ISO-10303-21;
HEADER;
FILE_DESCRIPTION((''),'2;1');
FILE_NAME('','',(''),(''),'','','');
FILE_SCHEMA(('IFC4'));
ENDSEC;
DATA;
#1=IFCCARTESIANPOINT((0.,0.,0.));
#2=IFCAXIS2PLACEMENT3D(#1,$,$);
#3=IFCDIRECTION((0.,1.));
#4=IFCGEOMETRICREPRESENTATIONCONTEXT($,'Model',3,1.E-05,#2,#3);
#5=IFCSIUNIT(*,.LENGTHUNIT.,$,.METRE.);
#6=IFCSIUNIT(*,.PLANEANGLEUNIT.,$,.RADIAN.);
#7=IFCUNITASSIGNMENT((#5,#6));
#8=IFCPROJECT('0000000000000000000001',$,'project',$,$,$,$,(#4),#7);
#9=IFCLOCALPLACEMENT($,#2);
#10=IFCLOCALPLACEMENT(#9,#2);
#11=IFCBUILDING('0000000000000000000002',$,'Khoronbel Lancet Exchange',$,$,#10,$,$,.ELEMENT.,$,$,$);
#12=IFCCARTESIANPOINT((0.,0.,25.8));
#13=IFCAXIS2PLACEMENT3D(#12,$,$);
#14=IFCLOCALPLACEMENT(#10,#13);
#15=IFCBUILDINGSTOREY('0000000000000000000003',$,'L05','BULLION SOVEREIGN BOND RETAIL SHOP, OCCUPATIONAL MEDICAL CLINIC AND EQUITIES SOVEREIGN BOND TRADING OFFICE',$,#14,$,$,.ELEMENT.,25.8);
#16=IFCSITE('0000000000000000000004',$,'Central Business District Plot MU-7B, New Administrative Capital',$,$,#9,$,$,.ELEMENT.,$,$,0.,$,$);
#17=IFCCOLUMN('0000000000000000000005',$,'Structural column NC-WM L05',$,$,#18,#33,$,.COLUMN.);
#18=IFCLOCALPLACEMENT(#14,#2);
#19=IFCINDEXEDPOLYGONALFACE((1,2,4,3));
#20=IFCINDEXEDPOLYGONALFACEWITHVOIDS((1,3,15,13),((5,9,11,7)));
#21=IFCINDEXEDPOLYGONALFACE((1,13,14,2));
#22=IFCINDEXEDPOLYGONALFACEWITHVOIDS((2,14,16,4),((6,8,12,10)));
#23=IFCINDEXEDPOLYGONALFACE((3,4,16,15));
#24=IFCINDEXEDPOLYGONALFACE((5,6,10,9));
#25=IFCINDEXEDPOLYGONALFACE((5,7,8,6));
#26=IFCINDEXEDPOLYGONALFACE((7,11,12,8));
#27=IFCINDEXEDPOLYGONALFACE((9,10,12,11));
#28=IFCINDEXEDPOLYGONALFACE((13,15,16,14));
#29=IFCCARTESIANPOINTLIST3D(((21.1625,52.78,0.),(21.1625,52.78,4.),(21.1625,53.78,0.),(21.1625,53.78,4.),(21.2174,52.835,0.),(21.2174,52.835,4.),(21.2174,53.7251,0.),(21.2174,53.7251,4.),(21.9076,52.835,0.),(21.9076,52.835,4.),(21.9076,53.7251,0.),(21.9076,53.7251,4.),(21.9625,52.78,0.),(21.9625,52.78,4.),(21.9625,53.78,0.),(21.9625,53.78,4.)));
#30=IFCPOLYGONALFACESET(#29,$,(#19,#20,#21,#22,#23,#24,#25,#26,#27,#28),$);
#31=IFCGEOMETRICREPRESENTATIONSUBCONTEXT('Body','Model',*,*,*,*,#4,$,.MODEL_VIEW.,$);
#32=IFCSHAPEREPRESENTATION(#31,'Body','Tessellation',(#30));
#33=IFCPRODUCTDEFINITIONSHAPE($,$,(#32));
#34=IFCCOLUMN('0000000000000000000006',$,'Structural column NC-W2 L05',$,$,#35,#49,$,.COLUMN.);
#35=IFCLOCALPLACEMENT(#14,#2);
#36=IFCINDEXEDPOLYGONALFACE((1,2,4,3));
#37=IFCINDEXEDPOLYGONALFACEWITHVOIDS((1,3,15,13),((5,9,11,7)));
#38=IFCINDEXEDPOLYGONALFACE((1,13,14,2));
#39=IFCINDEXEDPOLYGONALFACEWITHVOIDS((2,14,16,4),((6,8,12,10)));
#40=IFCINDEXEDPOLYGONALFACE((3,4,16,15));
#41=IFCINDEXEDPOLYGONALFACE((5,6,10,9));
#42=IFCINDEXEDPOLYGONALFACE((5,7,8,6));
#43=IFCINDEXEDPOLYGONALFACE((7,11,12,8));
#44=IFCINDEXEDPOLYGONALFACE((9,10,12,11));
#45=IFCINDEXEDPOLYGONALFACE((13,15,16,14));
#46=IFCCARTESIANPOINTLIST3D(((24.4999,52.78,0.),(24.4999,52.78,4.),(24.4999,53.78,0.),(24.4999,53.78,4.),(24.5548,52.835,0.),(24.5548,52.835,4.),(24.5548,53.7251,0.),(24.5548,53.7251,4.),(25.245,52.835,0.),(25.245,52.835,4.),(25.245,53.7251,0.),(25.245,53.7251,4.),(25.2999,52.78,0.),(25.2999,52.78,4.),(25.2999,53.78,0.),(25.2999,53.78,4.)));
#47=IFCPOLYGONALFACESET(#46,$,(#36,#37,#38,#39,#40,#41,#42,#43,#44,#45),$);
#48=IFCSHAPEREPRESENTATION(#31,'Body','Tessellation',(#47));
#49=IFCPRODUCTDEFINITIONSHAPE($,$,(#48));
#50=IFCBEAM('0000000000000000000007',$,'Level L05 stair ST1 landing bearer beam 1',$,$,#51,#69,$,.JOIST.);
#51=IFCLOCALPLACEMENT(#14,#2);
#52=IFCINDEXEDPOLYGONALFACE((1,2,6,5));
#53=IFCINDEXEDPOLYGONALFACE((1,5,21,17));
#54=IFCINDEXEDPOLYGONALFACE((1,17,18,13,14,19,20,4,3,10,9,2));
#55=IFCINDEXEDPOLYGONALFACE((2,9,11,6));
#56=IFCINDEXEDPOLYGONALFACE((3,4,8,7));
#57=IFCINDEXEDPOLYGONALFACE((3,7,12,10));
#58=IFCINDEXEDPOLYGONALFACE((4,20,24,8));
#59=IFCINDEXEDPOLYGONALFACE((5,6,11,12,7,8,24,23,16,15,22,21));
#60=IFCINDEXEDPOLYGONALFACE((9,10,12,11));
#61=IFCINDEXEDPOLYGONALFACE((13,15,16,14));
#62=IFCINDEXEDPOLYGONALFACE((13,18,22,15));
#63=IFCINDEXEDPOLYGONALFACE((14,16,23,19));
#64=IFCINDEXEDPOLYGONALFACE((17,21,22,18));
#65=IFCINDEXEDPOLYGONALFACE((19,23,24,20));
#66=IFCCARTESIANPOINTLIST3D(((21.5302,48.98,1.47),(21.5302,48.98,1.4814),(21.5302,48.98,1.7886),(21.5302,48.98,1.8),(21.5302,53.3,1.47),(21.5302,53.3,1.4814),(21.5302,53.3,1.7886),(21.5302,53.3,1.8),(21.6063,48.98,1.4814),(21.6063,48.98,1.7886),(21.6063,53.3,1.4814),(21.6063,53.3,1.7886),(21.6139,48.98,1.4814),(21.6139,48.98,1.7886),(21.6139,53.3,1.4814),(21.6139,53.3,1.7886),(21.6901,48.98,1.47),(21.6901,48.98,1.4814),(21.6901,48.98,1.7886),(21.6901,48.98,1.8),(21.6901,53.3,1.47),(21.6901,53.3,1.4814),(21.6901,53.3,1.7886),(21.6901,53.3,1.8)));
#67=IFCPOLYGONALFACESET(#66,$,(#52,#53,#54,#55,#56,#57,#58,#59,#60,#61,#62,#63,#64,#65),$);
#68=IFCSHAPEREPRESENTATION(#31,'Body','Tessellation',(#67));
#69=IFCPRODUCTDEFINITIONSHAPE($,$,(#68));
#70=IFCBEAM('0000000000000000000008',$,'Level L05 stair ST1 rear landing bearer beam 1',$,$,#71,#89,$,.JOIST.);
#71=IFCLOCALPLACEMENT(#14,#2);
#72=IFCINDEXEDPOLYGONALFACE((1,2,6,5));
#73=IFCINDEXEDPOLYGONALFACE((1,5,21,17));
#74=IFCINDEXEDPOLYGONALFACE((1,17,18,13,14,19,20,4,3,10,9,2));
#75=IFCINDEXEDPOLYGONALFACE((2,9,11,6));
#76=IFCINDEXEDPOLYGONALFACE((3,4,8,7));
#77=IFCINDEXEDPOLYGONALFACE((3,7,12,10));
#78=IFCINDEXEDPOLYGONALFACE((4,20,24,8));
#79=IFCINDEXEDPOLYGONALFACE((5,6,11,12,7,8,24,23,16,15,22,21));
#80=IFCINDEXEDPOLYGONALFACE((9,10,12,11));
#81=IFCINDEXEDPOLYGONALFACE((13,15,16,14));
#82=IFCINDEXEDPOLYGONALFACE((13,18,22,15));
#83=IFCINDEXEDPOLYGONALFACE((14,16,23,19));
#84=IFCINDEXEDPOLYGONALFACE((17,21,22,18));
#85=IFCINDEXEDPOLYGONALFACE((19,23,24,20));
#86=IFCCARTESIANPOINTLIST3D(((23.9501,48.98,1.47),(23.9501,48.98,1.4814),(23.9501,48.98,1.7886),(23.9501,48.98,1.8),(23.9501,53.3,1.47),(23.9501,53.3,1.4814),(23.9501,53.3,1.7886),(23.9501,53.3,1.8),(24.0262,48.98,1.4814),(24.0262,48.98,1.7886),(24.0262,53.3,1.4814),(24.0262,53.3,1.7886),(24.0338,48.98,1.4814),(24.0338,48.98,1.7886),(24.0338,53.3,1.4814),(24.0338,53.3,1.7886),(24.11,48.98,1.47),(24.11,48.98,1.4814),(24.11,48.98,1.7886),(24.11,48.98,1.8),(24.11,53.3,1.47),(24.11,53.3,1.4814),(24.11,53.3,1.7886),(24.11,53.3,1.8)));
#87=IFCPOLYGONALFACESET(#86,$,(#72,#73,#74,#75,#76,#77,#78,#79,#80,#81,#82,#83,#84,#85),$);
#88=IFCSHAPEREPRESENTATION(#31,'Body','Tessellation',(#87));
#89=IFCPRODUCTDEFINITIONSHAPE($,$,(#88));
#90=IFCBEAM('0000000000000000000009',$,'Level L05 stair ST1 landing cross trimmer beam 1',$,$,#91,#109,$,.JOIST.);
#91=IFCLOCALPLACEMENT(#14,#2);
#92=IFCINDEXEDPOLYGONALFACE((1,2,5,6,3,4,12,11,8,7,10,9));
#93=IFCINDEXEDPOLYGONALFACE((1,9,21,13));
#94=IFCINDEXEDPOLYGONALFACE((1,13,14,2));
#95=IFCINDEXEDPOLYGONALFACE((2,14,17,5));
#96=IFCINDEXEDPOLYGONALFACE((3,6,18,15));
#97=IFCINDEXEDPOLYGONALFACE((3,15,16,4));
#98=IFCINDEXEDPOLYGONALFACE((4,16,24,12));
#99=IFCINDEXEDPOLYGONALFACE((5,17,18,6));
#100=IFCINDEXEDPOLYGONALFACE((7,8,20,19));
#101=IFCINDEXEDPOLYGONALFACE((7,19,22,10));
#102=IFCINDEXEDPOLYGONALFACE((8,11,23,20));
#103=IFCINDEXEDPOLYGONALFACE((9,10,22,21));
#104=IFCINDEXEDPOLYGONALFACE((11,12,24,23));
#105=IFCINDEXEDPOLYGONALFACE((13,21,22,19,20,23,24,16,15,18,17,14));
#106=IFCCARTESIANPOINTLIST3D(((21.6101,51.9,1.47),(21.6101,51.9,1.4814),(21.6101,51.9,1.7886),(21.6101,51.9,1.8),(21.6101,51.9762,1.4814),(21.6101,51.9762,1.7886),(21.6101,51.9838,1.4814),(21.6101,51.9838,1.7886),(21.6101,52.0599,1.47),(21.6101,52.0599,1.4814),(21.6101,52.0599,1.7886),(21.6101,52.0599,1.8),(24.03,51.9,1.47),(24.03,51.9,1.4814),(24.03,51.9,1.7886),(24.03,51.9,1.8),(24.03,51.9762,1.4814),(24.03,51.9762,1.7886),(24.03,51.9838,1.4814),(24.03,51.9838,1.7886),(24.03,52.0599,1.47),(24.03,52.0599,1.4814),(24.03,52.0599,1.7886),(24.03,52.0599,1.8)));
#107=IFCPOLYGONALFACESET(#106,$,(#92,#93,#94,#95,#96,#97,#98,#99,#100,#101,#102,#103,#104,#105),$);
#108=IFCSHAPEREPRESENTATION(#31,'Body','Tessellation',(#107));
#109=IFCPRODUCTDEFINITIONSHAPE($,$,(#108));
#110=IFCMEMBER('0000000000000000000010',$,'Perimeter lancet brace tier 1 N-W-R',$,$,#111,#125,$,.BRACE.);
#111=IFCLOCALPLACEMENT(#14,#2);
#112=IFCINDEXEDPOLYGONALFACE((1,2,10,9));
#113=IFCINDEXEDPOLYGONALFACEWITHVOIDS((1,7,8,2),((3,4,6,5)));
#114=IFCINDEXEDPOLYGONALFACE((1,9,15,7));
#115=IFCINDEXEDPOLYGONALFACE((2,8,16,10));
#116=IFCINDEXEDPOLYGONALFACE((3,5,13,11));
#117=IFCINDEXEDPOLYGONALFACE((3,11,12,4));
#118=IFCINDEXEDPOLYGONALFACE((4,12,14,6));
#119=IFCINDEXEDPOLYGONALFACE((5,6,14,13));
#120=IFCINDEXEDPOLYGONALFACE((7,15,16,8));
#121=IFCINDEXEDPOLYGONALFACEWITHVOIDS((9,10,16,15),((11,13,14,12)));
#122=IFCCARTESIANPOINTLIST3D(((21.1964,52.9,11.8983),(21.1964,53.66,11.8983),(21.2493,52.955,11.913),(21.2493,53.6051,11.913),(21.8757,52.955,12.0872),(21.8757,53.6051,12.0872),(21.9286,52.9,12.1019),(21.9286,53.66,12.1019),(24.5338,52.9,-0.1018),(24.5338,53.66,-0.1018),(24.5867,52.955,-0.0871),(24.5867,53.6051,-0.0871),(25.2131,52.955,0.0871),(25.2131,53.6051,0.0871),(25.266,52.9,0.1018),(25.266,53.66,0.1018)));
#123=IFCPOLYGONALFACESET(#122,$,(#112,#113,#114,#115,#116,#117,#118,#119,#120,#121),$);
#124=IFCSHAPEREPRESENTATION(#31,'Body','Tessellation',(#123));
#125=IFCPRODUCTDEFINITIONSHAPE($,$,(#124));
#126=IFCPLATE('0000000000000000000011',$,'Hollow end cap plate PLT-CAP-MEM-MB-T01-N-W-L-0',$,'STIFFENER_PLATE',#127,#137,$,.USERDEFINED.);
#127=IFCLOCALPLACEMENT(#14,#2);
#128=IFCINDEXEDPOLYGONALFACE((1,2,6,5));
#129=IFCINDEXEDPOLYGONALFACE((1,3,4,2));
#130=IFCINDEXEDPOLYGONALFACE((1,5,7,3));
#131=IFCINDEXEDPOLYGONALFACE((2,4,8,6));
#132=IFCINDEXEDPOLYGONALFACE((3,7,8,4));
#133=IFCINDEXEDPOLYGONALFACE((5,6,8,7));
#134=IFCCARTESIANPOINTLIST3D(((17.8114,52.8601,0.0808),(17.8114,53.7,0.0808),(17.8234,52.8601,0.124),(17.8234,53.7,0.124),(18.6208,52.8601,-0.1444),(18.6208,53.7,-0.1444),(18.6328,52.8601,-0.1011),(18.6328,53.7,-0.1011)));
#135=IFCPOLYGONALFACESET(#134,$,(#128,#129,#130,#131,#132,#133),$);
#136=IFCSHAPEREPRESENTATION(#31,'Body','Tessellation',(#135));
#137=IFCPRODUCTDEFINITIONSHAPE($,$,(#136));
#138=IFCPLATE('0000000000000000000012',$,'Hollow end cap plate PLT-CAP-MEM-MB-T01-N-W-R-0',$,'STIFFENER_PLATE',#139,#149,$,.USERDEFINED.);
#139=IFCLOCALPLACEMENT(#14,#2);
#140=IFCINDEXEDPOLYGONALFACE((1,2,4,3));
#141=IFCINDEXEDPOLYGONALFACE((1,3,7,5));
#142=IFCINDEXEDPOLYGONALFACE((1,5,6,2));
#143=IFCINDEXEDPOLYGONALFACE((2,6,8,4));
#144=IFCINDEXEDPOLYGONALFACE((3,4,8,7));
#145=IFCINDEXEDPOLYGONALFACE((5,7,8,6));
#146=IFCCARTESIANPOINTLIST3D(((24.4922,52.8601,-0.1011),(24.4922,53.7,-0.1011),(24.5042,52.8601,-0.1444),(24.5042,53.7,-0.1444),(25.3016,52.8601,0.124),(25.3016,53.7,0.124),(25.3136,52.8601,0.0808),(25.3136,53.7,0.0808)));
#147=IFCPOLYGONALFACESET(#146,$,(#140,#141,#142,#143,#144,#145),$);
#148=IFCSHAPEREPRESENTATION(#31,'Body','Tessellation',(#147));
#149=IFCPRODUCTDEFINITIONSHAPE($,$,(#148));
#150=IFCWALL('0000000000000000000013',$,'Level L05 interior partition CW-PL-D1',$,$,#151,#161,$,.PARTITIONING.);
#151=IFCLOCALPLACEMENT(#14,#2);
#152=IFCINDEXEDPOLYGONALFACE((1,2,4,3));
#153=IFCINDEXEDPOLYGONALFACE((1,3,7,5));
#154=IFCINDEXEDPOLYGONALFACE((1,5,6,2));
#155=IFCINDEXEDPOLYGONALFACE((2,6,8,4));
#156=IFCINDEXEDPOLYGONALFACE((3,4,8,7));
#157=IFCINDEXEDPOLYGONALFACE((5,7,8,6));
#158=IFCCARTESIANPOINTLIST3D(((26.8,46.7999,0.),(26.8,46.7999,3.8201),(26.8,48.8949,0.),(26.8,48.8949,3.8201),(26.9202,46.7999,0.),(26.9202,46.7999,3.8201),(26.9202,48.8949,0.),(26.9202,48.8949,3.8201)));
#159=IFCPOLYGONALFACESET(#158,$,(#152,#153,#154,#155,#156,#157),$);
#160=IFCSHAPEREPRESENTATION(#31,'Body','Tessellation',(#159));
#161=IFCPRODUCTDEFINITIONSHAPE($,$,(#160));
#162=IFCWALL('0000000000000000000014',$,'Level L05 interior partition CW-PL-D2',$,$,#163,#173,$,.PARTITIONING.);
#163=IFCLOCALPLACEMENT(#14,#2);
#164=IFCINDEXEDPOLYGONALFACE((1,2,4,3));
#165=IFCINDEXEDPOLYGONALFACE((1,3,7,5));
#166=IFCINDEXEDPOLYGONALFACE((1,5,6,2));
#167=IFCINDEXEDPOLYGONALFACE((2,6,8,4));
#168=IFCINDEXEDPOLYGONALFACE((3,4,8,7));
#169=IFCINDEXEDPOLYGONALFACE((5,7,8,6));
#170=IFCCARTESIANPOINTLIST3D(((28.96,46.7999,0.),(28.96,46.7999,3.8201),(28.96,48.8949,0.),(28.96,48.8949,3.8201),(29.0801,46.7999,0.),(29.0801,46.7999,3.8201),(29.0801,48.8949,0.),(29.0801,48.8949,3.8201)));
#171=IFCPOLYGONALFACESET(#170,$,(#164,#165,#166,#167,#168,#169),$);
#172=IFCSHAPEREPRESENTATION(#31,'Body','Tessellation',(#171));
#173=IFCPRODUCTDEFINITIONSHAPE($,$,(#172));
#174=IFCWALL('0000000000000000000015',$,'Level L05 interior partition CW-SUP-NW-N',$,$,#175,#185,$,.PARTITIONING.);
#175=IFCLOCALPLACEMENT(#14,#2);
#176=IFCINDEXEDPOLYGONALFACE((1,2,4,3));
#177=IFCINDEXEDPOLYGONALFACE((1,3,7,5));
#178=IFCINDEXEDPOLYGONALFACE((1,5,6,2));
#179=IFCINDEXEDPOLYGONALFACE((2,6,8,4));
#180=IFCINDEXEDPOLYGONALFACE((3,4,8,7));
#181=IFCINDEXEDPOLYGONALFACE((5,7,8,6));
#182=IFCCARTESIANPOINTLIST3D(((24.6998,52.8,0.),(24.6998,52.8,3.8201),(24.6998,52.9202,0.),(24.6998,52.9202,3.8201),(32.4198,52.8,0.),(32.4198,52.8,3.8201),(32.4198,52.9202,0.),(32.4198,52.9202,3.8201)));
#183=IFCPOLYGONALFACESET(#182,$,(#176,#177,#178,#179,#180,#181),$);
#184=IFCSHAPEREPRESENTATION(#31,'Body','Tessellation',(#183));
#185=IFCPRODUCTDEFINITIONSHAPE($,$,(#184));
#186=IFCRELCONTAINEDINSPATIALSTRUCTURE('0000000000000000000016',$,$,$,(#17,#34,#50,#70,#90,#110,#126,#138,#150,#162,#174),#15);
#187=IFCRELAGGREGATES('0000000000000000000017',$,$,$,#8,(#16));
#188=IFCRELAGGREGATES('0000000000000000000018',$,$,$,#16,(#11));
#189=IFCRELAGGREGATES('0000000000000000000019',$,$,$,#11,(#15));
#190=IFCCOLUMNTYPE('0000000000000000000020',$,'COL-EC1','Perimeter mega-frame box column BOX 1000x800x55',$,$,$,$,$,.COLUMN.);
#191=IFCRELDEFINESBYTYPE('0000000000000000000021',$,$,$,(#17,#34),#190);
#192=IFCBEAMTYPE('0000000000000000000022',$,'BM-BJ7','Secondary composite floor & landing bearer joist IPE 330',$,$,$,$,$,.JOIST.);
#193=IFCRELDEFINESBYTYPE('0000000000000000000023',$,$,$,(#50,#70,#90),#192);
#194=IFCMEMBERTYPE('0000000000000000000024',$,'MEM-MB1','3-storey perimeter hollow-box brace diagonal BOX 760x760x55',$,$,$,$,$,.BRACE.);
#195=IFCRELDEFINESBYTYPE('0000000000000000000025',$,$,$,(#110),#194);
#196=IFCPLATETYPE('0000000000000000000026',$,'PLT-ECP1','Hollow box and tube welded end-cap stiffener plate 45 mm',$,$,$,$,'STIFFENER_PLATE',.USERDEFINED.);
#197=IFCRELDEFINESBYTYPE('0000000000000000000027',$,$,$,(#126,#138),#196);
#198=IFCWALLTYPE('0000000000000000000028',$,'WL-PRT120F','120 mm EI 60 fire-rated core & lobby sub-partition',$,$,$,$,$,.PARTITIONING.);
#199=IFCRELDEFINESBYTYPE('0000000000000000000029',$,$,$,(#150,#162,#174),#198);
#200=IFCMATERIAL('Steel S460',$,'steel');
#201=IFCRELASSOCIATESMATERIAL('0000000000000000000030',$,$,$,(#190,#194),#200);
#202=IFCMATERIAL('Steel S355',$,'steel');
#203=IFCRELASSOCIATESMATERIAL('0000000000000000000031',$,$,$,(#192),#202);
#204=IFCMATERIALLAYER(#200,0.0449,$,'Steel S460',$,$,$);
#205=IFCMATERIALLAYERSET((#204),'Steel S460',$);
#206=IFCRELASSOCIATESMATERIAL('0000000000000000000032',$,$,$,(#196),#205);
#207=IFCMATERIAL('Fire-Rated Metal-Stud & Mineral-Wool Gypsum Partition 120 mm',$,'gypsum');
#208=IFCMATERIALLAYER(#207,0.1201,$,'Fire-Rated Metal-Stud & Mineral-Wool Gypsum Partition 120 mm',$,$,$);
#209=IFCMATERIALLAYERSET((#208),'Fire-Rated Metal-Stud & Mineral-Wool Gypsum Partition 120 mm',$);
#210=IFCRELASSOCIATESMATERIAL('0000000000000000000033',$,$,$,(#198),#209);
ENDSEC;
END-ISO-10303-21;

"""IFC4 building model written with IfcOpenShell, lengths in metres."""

from ifc_helpers import new_model, si_unit, direction, frame, frame_2d, origin, origin_2d, place, context, subcontext, project, spatial, polyline, rectangle, hollow_rectangle, i_section, outline, extrude, material, layer, layer_set, material_profile, profile_set, type_object, element, save


model = new_model("IFC4")

# Units and contexts
model_context = context("Model", 3, precision=1e-05, world=origin(), true_north=direction((0.0, 1.0)))
body_context = subcontext(model_context, "Body", "Model", "MODEL_VIEW")
ifc_project = project(units=[si_unit("LENGTHUNIT", "METRE"), si_unit("PLANEANGLEUNIT", "RADIAN")], contexts=[model_context])

# Site, building, storey
site_placement = place(None, origin())
site = spatial("IfcSite", under=ifc_project, at=site_placement, Name="Central Business District Plot MU-7B, New Administrative Capital", CompositionType="ELEMENT", RefElevation=0.0)
building_placement = place(site_placement, origin())
building = spatial("IfcBuilding", under=site, at=building_placement, Name="Khoronbel Lancet Exchange", CompositionType="ELEMENT")
storey_placement = place(building_placement, frame((0.0, 0.0, 25.8)))
storey = spatial("IfcBuildingStorey", under=building, at=storey_placement, Name="L05", Description="BULLION SOVEREIGN BOND RETAIL SHOP, OCCUPATIONAL MEDICAL CLINIC AND EQUITIES SOVEREIGN BOND TRADING OFFICE", CompositionType="ELEMENT", Elevation=25.8)

# Columns
ifc_material_1 = material(Name="Steel S460", Category="steel")
ifc_material_profile_1 = material_profile(ifc_material_1, hollow_rectangle(XDim=0.8, YDim=1.0, WallThickness=0.0549, at=origin_2d()), Name="BOX 1000x800x55")
ifc_profile_set_1 = profile_set([ifc_material_profile_1], Name="Steel S460")
column_type = type_object("IfcColumnType", Name="COL-EC1", Description="Perimeter mega-frame box column BOX 1000x800x55", PredefinedType="COLUMN", material=ifc_profile_set_1)
for number, where, z_axis, x_axis, name in (
    (1, (21.5625, 53.28, 0.0), (0.0, 0.0, 1.0), (1.0, 0.0, 0.0), "Structural column NC-WM L05"),
    (2, (24.8999, 53.28, 0.0), (0.0, 0.0, 1.0), (1.0, 0.0, 0.0), "Structural column NC-W2 L05"),
):
    element("IfcColumn", number, at=place(storey_placement, frame(where, z_axis=z_axis, x_axis=x_axis)), inside=storey, type_object=column_type, Name=name, PredefinedType="COLUMN", context=body_context, shape_type="SweptSolid", body=[
        extrude(hollow_rectangle(XDim=0.8, YDim=1.0, WallThickness=0.0549, at=origin_2d()), origin(), (0.0, 0.0, 1.0), 4.0),
    ])

# Beams
ifc_material_2 = material(Name="Steel S355", Category="steel")
ifc_material_profile_2 = material_profile(ifc_material_2, i_section(OverallWidth=0.1599, OverallDepth=0.3301, WebThickness=0.0076, FlangeThickness=0.0115, at=origin_2d()), Name="IPE 330")
ifc_profile_set_2 = profile_set([ifc_material_profile_2], Name="Steel S355")
beam_type = type_object("IfcBeamType", Name="BM-BJ7", Description="Secondary composite floor & landing bearer joist IPE 330", PredefinedType="JOIST", material=ifc_profile_set_2)
for number, where, z_axis, x_axis, name in (
    (3, (21.6101, 48.98, 1.635), (0.0, 1.0, 0.0), (-1.0, 0.0, 0.0), "Level L05 stair ST1 landing bearer beam 1"),
    (4, (24.03, 48.98, 1.635), (0.0, 1.0, 0.0), (-1.0, 0.0, 0.0), "Level L05 stair ST1 rear landing bearer beam 1"),
):
    element("IfcBeam", number, at=place(storey_placement, frame(where, z_axis=z_axis, x_axis=x_axis)), inside=storey, type_object=beam_type, Name=name, PredefinedType="JOIST", context=body_context, shape_type="SweptSolid", body=[
        extrude(i_section(OverallWidth=0.1599, OverallDepth=0.3301, WebThickness=0.0076, FlangeThickness=0.0115, at=origin_2d()), origin(), (0.0, 0.0, 1.0), 4.3201),
    ])
beam_placement = place(storey_placement, frame((21.6101, 51.98, 1.635), z_axis=(1.0, 0.0, 0.0), x_axis=(0.0, 1.0, 0.0)))
element("IfcBeam", 5, at=beam_placement, inside=storey, type_object=beam_type, Name="Level L05 stair ST1 landing cross trimmer beam 1", PredefinedType="JOIST", context=body_context, shape_type="SweptSolid", body=[
    extrude(i_section(OverallWidth=0.1599, OverallDepth=0.3301, WebThickness=0.0076, FlangeThickness=0.0115, at=origin_2d()), origin(), (0.0, 0.0, 1.0), 2.4199),
])

# Member
ifc_material_profile_3 = material_profile(ifc_material_1, hollow_rectangle(XDim=0.76, YDim=0.76, WallThickness=0.0549, at=origin_2d()), Name="BOX 760x760x55")
ifc_profile_set_3 = profile_set([ifc_material_profile_3], Name="Steel S460")
member_type = type_object("IfcMemberType", Name="MEM-MB1", Description="3-storey perimeter hollow-box brace diagonal BOX 760x760x55", PredefinedType="BRACE", material=ifc_profile_set_3)
member_placement = place(storey_placement, frame((24.8999, 53.28, 0.0), z_axis=(-0.267947, 0.0, 0.963434), x_axis=(0.0, -1.0, 0.0)))
element("IfcMember", 6, at=member_placement, inside=storey, type_object=member_type, Name="Perimeter lancet brace tier 1 N-W-R", PredefinedType="BRACE", context=body_context, shape_type="SweptSolid", body=[
    extrude(hollow_rectangle(XDim=0.76, YDim=0.76, WallThickness=0.0549, at=origin_2d()), origin(), (0.0, 0.0, 1.0), 12.4556),
])

# Plates
ifc_layer_1 = layer(ifc_material_1, 0.0449, Name="Steel S460")
ifc_layer_set_1 = layer_set([ifc_layer_1], Name="Steel S460")
plate_type = type_object("IfcPlateType", Name="PLT-ECP1", Description="Hollow box and tube welded end-cap stiffener plate 45 mm", ElementType="STIFFENER_PLATE", PredefinedType="USERDEFINED", material=ifc_layer_set_1)
for number, where, z_axis, x_axis, name in (
    (7, (18.6328, 52.8601, -0.1011), (0.267959, 0.0, 0.96343), (0.0, 1.0, 0.0), "Hollow end cap plate PLT-CAP-MEM-MB-T01-N-W-L-0"),
    (8, (24.4922, 53.7, -0.1011), (-0.267959, 0.0, 0.96343), (0.0, -1.0, 0.0), "Hollow end cap plate PLT-CAP-MEM-MB-T01-N-W-R-0"),
):
    element("IfcPlate", number, at=place(storey_placement, frame(where, z_axis=z_axis, x_axis=x_axis)), inside=storey, type_object=plate_type, Name=name, ObjectType="STIFFENER_PLATE", PredefinedType="USERDEFINED", context=body_context, shape_type="SweptSolid", body=[
        extrude(outline(polyline([(0.0, 0.0), (0.8398, 0.0), (0.8398, 0.8401), (0.0, 0.8401), (0.0, 0.0)])), origin(), (0.0, 0.0, -1.0), 0.0449),
    ])

# Walls
ifc_material_3 = material(Name="Fire-Rated Metal-Stud & Mineral-Wool Gypsum Partition 120 mm", Category="gypsum")
ifc_layer_2 = layer(ifc_material_3, 0.1201, Name="Fire-Rated Metal-Stud & Mineral-Wool Gypsum Partition 120 mm")
ifc_layer_set_2 = layer_set([ifc_layer_2], Name="Fire-Rated Metal-Stud & Mineral-Wool Gypsum Partition 120 mm")
wall_type_1 = type_object("IfcWallType", Name="WL-PRT120F", Description="120 mm EI 60 fire-rated core & lobby sub-partition", PredefinedType="PARTITIONING", material=ifc_layer_set_2)
for number, where, z_axis, x_axis, name in (
    (9, (26.8601, 46.8, 0.0), (0.0, 0.0, 1.0), (0.0, 1.0, 0.0), "Level L05 interior partition CW-PL-D1"),
    (10, (29.02, 46.8, 0.0), (0.0, 0.0, 1.0), (0.0, 1.0, 0.0), "Level L05 interior partition CW-PL-D2"),
):
    element("IfcWall", number, at=place(storey_placement, frame(where, z_axis=z_axis, x_axis=x_axis)), inside=storey, type_object=wall_type_1, Name=name, PredefinedType="PARTITIONING", context=body_context, shape_type="SweptSolid", body=[
        extrude(rectangle(XDim=2.095, YDim=0.1201, at=frame_2d((1.0474, 0.0))), origin(), (0.0, 0.0, 1.0), 3.8201),
    ])
wall_1_placement = place(storey_placement, frame((24.7, 52.8601, 0.0), z_axis=(0.0, 0.0, 1.0), x_axis=(1.0, 0.0, 0.0)))
element("IfcWall", 11, at=wall_1_placement, inside=storey, type_object=wall_type_1, Name="Level L05 interior partition CW-SUP-NW-N", PredefinedType="PARTITIONING", context=body_context, shape_type="SweptSolid", body=[
    extrude(rectangle(XDim=7.72, YDim=0.1201, at=frame_2d((3.8599, 0.0))), origin(), (0.0, 0.0, 1.0), 3.8201),
])

save(model, "model.ifc")
